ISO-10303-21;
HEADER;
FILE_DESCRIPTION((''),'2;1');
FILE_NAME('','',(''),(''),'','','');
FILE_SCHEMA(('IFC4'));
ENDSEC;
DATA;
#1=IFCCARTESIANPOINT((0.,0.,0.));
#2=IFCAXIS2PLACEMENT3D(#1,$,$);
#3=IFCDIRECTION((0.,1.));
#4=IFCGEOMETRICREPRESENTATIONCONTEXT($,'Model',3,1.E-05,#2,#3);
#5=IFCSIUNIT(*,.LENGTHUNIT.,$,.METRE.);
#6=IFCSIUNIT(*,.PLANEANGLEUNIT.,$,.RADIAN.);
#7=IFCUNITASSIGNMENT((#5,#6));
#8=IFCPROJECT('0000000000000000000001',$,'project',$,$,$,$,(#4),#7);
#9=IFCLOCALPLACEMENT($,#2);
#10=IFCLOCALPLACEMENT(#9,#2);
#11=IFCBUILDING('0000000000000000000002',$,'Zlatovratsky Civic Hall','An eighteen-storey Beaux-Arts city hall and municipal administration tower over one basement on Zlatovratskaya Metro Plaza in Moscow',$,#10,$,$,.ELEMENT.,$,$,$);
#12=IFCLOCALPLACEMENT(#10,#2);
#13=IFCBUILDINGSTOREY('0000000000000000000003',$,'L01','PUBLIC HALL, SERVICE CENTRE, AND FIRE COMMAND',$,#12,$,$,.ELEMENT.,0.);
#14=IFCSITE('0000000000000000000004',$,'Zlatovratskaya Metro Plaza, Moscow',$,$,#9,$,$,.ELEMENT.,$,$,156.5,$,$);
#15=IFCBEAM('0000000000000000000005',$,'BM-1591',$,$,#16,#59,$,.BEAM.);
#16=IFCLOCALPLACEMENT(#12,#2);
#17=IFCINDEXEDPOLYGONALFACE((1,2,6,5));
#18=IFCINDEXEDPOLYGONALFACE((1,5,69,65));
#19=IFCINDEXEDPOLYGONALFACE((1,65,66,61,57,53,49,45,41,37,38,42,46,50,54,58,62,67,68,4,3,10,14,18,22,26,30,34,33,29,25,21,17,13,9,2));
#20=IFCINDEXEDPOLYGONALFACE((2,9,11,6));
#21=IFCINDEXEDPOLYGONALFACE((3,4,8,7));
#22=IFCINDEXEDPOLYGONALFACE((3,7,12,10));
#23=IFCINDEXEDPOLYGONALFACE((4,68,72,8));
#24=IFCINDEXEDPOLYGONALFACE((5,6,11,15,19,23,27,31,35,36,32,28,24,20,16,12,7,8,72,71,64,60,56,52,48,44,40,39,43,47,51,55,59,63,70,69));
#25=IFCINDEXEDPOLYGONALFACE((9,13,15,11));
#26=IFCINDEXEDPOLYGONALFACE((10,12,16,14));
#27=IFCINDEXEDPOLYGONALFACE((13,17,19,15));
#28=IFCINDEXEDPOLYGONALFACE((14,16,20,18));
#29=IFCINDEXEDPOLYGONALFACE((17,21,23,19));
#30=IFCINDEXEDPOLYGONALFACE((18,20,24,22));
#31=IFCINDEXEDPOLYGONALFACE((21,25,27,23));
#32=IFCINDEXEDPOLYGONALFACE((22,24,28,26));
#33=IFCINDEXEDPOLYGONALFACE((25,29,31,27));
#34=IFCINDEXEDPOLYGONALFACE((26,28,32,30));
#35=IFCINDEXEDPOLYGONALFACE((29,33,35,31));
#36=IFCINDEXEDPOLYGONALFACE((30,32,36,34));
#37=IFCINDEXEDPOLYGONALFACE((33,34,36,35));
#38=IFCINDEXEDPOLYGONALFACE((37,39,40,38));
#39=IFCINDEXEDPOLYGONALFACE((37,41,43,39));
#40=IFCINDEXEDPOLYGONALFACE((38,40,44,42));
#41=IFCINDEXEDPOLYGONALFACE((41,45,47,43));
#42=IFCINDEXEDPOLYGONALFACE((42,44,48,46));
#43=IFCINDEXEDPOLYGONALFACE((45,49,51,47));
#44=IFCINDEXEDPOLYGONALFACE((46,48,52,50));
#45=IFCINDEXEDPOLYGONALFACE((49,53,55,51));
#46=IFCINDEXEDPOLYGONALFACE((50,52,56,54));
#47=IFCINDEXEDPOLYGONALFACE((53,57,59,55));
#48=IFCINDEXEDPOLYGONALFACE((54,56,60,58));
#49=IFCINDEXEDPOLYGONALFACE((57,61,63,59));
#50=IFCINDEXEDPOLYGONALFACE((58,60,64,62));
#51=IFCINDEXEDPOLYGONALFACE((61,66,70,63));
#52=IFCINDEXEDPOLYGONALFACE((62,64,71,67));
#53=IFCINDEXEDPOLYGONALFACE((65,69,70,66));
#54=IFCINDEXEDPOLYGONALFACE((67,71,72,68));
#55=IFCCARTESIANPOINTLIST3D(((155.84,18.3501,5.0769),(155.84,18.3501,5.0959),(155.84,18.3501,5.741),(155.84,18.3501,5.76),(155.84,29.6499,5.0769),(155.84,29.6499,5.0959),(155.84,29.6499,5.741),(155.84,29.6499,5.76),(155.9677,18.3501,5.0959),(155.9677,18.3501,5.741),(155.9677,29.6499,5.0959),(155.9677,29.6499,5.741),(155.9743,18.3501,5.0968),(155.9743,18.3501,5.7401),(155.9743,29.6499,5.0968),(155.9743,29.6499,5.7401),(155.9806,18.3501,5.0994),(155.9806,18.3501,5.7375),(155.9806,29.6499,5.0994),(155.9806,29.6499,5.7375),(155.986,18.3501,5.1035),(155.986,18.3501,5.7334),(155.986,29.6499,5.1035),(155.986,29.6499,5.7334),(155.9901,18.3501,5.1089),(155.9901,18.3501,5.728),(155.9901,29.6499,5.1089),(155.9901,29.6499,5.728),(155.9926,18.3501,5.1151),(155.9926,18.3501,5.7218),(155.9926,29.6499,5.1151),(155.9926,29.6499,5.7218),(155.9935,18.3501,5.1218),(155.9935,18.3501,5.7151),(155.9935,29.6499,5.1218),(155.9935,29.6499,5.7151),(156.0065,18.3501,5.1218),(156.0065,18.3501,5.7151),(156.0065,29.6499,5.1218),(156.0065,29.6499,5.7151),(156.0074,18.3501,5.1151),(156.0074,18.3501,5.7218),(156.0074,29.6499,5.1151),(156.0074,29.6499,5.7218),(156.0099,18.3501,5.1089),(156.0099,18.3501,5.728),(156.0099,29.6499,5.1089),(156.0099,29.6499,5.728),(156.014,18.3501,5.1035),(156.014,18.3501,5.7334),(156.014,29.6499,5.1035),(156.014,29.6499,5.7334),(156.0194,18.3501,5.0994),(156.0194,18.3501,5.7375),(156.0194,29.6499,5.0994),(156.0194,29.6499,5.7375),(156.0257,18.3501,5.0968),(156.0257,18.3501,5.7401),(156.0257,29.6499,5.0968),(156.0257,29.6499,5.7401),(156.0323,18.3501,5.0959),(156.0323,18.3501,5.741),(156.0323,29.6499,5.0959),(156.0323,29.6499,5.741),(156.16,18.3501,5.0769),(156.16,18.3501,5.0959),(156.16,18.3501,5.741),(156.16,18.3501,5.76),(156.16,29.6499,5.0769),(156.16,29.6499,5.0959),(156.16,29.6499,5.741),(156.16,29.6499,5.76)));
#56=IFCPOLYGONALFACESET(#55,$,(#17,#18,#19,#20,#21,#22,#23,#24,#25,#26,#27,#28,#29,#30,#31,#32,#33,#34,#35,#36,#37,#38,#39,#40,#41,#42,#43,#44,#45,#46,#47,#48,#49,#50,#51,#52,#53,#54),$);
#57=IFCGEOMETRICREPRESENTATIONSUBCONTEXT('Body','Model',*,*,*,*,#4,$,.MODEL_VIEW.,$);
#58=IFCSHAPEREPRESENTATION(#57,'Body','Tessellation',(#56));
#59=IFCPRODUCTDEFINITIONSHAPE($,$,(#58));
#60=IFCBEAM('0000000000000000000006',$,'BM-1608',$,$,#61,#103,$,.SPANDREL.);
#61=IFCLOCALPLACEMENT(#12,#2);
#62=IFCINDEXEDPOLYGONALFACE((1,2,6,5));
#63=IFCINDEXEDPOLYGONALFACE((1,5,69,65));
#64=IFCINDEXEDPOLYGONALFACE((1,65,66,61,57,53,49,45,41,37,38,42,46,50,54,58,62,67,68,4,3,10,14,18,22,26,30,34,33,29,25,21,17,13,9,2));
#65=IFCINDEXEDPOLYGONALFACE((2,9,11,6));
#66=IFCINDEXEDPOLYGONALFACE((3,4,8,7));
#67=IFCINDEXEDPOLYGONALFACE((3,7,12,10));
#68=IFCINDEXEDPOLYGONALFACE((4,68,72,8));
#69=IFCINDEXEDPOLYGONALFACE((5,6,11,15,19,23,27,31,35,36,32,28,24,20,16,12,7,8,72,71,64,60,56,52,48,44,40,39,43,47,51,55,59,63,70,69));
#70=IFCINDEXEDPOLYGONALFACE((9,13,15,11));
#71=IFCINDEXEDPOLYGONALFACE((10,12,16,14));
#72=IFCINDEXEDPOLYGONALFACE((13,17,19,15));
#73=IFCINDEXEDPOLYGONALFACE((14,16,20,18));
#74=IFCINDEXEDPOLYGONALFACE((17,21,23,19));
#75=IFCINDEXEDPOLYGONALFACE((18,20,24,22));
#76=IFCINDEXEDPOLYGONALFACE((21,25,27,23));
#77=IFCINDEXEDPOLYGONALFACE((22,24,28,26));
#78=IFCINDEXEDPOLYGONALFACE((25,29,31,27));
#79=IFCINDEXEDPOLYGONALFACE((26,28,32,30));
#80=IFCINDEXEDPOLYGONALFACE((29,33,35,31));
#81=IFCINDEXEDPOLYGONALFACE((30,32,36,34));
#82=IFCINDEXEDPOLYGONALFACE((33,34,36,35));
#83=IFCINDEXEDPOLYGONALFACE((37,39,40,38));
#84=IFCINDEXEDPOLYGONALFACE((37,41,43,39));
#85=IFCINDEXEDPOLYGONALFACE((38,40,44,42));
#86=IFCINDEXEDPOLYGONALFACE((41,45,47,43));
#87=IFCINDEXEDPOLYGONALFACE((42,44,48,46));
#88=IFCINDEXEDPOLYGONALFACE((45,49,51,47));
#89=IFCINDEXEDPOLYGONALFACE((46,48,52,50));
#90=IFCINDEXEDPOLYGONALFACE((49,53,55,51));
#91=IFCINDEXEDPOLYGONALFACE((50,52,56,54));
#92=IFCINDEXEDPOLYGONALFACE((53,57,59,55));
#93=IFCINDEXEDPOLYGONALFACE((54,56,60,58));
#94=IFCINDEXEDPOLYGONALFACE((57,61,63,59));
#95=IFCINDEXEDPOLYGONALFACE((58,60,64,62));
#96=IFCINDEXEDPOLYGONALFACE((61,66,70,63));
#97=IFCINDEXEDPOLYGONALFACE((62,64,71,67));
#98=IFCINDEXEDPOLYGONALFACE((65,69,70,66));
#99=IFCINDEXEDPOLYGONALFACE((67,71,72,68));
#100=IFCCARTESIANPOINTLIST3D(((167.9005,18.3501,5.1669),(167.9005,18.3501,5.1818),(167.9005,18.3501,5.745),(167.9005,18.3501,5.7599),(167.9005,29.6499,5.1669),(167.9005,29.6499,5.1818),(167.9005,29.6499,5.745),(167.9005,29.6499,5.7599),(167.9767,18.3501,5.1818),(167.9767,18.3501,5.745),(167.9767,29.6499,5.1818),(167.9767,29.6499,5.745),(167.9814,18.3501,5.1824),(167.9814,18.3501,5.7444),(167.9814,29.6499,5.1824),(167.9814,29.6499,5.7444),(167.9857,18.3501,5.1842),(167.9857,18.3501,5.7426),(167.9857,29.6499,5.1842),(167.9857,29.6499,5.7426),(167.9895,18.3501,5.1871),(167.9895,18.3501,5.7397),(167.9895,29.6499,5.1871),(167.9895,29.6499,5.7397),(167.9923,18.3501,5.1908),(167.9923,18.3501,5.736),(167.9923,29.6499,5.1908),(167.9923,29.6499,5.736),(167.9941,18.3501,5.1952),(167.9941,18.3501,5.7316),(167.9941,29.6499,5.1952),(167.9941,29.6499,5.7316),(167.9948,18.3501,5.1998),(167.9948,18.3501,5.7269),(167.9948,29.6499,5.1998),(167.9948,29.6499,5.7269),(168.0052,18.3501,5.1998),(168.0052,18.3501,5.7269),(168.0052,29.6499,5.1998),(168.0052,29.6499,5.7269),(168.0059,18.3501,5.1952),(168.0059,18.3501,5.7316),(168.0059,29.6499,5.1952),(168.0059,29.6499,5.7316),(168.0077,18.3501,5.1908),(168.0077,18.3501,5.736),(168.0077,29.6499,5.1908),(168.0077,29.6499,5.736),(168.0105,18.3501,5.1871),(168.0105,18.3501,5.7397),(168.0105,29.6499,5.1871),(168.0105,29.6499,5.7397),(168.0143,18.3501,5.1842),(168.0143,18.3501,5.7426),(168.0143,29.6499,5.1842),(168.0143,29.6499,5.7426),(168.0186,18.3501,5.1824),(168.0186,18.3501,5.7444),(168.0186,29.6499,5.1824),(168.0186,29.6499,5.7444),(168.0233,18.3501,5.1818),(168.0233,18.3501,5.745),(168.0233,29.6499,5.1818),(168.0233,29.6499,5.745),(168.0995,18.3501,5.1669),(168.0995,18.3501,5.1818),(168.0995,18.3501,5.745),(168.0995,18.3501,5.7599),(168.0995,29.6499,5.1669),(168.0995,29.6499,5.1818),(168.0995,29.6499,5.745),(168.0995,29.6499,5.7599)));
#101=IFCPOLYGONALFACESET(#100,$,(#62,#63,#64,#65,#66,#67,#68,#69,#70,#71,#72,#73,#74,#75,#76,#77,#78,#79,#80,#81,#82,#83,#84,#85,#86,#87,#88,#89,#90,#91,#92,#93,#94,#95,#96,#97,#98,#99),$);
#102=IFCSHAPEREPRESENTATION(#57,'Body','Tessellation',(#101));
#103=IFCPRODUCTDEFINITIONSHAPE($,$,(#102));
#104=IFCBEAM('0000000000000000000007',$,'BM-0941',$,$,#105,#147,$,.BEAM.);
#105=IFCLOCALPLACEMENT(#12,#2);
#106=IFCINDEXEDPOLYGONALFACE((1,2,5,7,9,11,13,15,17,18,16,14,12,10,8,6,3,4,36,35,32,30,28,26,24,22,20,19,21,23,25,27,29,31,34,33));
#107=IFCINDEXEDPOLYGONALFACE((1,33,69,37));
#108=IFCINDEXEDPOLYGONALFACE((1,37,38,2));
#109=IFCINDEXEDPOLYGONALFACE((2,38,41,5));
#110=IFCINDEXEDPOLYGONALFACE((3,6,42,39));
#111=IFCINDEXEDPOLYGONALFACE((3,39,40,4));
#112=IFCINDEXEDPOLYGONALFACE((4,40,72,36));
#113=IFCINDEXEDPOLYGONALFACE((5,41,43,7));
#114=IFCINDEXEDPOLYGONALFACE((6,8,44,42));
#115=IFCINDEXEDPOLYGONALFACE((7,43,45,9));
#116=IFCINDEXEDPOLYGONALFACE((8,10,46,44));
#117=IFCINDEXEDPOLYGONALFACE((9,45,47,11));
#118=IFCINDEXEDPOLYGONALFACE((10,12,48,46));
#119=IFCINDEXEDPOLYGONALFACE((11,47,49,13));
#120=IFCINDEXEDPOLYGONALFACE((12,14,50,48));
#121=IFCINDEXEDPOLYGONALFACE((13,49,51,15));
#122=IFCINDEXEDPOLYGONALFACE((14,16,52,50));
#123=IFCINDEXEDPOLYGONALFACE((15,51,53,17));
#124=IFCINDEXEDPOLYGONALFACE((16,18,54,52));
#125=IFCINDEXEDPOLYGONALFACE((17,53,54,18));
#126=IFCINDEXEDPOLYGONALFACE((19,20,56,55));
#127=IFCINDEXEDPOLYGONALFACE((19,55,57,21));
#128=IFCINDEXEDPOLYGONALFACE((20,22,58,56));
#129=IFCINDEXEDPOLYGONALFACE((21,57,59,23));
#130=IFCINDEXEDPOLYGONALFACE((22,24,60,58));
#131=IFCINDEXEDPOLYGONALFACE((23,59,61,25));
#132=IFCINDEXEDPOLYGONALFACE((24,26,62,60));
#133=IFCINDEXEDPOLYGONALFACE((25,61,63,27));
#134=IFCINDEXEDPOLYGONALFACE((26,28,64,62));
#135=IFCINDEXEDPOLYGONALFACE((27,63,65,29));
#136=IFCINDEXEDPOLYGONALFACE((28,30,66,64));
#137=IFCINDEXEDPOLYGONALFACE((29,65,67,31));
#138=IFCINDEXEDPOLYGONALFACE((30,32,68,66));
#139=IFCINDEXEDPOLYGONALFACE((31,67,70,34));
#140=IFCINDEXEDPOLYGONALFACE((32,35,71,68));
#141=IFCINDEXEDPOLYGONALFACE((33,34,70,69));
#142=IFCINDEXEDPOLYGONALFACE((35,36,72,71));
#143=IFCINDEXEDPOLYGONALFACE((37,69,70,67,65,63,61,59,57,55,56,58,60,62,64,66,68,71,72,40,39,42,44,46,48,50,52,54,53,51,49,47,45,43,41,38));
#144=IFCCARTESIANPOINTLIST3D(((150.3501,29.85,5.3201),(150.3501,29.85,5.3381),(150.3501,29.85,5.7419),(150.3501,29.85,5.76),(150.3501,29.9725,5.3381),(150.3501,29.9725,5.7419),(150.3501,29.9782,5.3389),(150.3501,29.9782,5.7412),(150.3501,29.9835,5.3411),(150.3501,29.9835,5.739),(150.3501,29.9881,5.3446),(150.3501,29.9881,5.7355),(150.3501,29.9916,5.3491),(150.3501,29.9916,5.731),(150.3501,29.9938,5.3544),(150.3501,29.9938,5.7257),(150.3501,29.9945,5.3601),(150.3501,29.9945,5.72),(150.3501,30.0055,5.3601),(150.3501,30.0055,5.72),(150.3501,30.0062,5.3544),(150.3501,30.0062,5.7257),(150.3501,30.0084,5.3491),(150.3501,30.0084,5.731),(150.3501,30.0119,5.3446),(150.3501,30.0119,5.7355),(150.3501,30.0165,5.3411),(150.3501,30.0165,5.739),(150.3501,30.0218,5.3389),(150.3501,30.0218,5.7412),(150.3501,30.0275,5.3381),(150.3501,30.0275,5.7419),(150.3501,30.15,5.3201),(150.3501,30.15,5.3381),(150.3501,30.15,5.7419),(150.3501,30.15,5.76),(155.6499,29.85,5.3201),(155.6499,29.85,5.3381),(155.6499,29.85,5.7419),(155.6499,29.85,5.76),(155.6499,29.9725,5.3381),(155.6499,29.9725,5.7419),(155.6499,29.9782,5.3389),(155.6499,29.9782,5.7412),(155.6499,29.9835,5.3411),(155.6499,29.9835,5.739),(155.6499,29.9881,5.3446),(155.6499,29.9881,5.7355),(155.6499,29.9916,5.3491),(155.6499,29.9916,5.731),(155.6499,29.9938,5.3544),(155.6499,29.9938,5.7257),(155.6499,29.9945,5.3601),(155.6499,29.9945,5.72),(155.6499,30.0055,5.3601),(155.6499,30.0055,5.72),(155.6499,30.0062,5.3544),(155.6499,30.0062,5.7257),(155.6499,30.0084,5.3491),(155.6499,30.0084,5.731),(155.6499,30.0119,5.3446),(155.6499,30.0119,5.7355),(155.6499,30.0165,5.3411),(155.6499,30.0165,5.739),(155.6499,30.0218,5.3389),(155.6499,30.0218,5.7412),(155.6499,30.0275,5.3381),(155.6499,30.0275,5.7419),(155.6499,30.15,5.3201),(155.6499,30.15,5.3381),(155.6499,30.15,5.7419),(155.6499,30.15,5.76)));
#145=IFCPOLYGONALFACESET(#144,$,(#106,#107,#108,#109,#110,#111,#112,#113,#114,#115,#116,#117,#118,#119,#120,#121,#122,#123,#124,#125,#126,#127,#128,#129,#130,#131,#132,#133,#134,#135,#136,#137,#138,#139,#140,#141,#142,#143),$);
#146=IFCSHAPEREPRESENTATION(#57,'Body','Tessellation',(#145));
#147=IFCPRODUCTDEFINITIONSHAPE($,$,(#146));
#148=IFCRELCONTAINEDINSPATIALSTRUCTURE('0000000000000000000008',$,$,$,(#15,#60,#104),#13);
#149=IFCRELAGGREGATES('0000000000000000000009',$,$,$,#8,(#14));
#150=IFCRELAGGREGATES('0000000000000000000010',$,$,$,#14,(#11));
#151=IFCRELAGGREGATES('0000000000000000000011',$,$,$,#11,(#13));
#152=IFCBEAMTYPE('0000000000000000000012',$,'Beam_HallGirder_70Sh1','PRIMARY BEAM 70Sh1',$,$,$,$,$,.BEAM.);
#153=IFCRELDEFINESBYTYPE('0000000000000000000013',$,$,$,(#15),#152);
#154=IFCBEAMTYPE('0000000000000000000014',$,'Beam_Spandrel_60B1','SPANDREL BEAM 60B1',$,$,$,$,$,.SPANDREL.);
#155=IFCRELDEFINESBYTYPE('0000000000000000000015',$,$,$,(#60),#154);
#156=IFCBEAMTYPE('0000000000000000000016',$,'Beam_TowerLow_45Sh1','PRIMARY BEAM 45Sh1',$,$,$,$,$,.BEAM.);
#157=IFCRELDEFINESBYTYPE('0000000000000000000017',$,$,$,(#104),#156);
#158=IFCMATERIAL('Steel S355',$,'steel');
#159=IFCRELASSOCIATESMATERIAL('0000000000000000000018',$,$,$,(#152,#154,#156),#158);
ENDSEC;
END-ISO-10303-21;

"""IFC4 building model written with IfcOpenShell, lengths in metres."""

from ifc_helpers import new_model, si_unit, direction, frame, origin, origin_2d, place, context, subcontext, project, spatial, i_section, extrude, material, material_profile, profile_set, type_object, element, save


model = new_model("IFC4")

# Units and contexts
model_context = context("Model", 3, precision=1e-05, world=origin(), true_north=direction((0.0, 1.0)))
body_context = subcontext(model_context, "Body", "Model", "MODEL_VIEW")
ifc_project = project(units=[si_unit("LENGTHUNIT", "METRE"), si_unit("PLANEANGLEUNIT", "RADIAN")], contexts=[model_context])

# Site, building, storey
site_placement = place(None, origin())
site = spatial("IfcSite", under=ifc_project, at=site_placement, Name="Zlatovratskaya Metro Plaza, Moscow", CompositionType="ELEMENT", RefElevation=156.5)
building_placement = place(site_placement, origin())
building = spatial("IfcBuilding", under=site, at=building_placement, Name="Zlatovratsky Civic Hall", Description="An eighteen-storey Beaux-Arts city hall and municipal administration tower over one basement on Zlatovratskaya Metro Plaza in Moscow", CompositionType="ELEMENT")
storey_placement = place(building_placement, origin())
storey = spatial("IfcBuildingStorey", under=building, at=storey_placement, Name="L01", Description="PUBLIC HALL, SERVICE CENTRE, AND FIRE COMMAND", CompositionType="ELEMENT", Elevation=0.0)

# Beams
ifc_material_1 = material(Name="Steel S355", Category="steel")
ifc_material_profile_1 = material_profile(ifc_material_1, i_section(OverallWidth=0.3201, OverallDepth=0.6831, WebThickness=0.0129, FlangeThickness=0.019, FilletRadius=0.0259, at=origin_2d()), Name="70Sh1")
ifc_profile_set_1 = profile_set([ifc_material_profile_1], Name="Steel S355")
beam_type_1 = type_object("IfcBeamType", Name="Beam_HallGirder_70Sh1", Description="PRIMARY BEAM 70Sh1", PredefinedType="BEAM", material=ifc_profile_set_1)
for number, where, z_axis, x_axis, name in (
    (1, (156.0, 18.3501, 5.4185), (0.0, 1.0, 0.0), (-1.0, 0.0, 0.0), "BM-1591"),
):
    element("IfcBeam", number, at=place(storey_placement, frame(where, z_axis=z_axis, x_axis=x_axis)), inside=storey, type_object=beam_type_1, Name=name, PredefinedType="BEAM", context=body_context, shape_type="SweptSolid", body=[
        extrude(i_section(OverallWidth=0.3201, OverallDepth=0.6831, WebThickness=0.0129, FlangeThickness=0.019, FilletRadius=0.0259, at=origin_2d()), origin(), (0.0, 0.0, 1.0), 11.2998),
    ])
ifc_material_profile_2 = material_profile(ifc_material_1, i_section(OverallWidth=0.199, OverallDepth=0.593, WebThickness=0.0105, FlangeThickness=0.0149, FilletRadius=0.0181, at=origin_2d()), Name="60B1")
ifc_profile_set_2 = profile_set([ifc_material_profile_2], Name="Steel S355")
beam_type_2 = type_object("IfcBeamType", Name="Beam_Spandrel_60B1", Description="SPANDREL BEAM 60B1", PredefinedType="SPANDREL", material=ifc_profile_set_2)
beam_1_placement = place(storey_placement, frame((168.0, 18.3501, 5.4634), z_axis=(0.0, 1.0, 0.0), x_axis=(-1.0, 0.0, 0.0)))
element("IfcBeam", 2, at=beam_1_placement, inside=storey, type_object=beam_type_2, Name="BM-1608", PredefinedType="SPANDREL", context=body_context, shape_type="SweptSolid", body=[
    extrude(i_section(OverallWidth=0.199, OverallDepth=0.593, WebThickness=0.0105, FlangeThickness=0.0149, FilletRadius=0.0181, at=origin_2d()), origin(), (0.0, 0.0, 1.0), 11.2998),
])
ifc_material_profile_3 = material_profile(ifc_material_1, i_section(OverallWidth=0.3, OverallDepth=0.4399, WebThickness=0.011, FlangeThickness=0.0181, FilletRadius=0.022, at=origin_2d()), Name="45Sh1")
ifc_profile_set_3 = profile_set([ifc_material_profile_3], Name="Steel S355")
beam_type_3 = type_object("IfcBeamType", Name="Beam_TowerLow_45Sh1", Description="PRIMARY BEAM 45Sh1", PredefinedType="BEAM", material=ifc_profile_set_3)
beam_2_placement = place(storey_placement, frame((150.3501, 30.0, 5.54), z_axis=(1.0, 0.0, 0.0), x_axis=(0.0, 1.0, 0.0)))
element("IfcBeam", 3, at=beam_2_placement, inside=storey, type_object=beam_type_3, Name="BM-0941", PredefinedType="BEAM", context=body_context, shape_type="SweptSolid", body=[
    extrude(i_section(OverallWidth=0.3, OverallDepth=0.4399, WebThickness=0.011, FlangeThickness=0.0181, FilletRadius=0.022, at=origin_2d()), origin(), (0.0, 0.0, 1.0), 5.2998),
])

save(model, "model.ifc")
